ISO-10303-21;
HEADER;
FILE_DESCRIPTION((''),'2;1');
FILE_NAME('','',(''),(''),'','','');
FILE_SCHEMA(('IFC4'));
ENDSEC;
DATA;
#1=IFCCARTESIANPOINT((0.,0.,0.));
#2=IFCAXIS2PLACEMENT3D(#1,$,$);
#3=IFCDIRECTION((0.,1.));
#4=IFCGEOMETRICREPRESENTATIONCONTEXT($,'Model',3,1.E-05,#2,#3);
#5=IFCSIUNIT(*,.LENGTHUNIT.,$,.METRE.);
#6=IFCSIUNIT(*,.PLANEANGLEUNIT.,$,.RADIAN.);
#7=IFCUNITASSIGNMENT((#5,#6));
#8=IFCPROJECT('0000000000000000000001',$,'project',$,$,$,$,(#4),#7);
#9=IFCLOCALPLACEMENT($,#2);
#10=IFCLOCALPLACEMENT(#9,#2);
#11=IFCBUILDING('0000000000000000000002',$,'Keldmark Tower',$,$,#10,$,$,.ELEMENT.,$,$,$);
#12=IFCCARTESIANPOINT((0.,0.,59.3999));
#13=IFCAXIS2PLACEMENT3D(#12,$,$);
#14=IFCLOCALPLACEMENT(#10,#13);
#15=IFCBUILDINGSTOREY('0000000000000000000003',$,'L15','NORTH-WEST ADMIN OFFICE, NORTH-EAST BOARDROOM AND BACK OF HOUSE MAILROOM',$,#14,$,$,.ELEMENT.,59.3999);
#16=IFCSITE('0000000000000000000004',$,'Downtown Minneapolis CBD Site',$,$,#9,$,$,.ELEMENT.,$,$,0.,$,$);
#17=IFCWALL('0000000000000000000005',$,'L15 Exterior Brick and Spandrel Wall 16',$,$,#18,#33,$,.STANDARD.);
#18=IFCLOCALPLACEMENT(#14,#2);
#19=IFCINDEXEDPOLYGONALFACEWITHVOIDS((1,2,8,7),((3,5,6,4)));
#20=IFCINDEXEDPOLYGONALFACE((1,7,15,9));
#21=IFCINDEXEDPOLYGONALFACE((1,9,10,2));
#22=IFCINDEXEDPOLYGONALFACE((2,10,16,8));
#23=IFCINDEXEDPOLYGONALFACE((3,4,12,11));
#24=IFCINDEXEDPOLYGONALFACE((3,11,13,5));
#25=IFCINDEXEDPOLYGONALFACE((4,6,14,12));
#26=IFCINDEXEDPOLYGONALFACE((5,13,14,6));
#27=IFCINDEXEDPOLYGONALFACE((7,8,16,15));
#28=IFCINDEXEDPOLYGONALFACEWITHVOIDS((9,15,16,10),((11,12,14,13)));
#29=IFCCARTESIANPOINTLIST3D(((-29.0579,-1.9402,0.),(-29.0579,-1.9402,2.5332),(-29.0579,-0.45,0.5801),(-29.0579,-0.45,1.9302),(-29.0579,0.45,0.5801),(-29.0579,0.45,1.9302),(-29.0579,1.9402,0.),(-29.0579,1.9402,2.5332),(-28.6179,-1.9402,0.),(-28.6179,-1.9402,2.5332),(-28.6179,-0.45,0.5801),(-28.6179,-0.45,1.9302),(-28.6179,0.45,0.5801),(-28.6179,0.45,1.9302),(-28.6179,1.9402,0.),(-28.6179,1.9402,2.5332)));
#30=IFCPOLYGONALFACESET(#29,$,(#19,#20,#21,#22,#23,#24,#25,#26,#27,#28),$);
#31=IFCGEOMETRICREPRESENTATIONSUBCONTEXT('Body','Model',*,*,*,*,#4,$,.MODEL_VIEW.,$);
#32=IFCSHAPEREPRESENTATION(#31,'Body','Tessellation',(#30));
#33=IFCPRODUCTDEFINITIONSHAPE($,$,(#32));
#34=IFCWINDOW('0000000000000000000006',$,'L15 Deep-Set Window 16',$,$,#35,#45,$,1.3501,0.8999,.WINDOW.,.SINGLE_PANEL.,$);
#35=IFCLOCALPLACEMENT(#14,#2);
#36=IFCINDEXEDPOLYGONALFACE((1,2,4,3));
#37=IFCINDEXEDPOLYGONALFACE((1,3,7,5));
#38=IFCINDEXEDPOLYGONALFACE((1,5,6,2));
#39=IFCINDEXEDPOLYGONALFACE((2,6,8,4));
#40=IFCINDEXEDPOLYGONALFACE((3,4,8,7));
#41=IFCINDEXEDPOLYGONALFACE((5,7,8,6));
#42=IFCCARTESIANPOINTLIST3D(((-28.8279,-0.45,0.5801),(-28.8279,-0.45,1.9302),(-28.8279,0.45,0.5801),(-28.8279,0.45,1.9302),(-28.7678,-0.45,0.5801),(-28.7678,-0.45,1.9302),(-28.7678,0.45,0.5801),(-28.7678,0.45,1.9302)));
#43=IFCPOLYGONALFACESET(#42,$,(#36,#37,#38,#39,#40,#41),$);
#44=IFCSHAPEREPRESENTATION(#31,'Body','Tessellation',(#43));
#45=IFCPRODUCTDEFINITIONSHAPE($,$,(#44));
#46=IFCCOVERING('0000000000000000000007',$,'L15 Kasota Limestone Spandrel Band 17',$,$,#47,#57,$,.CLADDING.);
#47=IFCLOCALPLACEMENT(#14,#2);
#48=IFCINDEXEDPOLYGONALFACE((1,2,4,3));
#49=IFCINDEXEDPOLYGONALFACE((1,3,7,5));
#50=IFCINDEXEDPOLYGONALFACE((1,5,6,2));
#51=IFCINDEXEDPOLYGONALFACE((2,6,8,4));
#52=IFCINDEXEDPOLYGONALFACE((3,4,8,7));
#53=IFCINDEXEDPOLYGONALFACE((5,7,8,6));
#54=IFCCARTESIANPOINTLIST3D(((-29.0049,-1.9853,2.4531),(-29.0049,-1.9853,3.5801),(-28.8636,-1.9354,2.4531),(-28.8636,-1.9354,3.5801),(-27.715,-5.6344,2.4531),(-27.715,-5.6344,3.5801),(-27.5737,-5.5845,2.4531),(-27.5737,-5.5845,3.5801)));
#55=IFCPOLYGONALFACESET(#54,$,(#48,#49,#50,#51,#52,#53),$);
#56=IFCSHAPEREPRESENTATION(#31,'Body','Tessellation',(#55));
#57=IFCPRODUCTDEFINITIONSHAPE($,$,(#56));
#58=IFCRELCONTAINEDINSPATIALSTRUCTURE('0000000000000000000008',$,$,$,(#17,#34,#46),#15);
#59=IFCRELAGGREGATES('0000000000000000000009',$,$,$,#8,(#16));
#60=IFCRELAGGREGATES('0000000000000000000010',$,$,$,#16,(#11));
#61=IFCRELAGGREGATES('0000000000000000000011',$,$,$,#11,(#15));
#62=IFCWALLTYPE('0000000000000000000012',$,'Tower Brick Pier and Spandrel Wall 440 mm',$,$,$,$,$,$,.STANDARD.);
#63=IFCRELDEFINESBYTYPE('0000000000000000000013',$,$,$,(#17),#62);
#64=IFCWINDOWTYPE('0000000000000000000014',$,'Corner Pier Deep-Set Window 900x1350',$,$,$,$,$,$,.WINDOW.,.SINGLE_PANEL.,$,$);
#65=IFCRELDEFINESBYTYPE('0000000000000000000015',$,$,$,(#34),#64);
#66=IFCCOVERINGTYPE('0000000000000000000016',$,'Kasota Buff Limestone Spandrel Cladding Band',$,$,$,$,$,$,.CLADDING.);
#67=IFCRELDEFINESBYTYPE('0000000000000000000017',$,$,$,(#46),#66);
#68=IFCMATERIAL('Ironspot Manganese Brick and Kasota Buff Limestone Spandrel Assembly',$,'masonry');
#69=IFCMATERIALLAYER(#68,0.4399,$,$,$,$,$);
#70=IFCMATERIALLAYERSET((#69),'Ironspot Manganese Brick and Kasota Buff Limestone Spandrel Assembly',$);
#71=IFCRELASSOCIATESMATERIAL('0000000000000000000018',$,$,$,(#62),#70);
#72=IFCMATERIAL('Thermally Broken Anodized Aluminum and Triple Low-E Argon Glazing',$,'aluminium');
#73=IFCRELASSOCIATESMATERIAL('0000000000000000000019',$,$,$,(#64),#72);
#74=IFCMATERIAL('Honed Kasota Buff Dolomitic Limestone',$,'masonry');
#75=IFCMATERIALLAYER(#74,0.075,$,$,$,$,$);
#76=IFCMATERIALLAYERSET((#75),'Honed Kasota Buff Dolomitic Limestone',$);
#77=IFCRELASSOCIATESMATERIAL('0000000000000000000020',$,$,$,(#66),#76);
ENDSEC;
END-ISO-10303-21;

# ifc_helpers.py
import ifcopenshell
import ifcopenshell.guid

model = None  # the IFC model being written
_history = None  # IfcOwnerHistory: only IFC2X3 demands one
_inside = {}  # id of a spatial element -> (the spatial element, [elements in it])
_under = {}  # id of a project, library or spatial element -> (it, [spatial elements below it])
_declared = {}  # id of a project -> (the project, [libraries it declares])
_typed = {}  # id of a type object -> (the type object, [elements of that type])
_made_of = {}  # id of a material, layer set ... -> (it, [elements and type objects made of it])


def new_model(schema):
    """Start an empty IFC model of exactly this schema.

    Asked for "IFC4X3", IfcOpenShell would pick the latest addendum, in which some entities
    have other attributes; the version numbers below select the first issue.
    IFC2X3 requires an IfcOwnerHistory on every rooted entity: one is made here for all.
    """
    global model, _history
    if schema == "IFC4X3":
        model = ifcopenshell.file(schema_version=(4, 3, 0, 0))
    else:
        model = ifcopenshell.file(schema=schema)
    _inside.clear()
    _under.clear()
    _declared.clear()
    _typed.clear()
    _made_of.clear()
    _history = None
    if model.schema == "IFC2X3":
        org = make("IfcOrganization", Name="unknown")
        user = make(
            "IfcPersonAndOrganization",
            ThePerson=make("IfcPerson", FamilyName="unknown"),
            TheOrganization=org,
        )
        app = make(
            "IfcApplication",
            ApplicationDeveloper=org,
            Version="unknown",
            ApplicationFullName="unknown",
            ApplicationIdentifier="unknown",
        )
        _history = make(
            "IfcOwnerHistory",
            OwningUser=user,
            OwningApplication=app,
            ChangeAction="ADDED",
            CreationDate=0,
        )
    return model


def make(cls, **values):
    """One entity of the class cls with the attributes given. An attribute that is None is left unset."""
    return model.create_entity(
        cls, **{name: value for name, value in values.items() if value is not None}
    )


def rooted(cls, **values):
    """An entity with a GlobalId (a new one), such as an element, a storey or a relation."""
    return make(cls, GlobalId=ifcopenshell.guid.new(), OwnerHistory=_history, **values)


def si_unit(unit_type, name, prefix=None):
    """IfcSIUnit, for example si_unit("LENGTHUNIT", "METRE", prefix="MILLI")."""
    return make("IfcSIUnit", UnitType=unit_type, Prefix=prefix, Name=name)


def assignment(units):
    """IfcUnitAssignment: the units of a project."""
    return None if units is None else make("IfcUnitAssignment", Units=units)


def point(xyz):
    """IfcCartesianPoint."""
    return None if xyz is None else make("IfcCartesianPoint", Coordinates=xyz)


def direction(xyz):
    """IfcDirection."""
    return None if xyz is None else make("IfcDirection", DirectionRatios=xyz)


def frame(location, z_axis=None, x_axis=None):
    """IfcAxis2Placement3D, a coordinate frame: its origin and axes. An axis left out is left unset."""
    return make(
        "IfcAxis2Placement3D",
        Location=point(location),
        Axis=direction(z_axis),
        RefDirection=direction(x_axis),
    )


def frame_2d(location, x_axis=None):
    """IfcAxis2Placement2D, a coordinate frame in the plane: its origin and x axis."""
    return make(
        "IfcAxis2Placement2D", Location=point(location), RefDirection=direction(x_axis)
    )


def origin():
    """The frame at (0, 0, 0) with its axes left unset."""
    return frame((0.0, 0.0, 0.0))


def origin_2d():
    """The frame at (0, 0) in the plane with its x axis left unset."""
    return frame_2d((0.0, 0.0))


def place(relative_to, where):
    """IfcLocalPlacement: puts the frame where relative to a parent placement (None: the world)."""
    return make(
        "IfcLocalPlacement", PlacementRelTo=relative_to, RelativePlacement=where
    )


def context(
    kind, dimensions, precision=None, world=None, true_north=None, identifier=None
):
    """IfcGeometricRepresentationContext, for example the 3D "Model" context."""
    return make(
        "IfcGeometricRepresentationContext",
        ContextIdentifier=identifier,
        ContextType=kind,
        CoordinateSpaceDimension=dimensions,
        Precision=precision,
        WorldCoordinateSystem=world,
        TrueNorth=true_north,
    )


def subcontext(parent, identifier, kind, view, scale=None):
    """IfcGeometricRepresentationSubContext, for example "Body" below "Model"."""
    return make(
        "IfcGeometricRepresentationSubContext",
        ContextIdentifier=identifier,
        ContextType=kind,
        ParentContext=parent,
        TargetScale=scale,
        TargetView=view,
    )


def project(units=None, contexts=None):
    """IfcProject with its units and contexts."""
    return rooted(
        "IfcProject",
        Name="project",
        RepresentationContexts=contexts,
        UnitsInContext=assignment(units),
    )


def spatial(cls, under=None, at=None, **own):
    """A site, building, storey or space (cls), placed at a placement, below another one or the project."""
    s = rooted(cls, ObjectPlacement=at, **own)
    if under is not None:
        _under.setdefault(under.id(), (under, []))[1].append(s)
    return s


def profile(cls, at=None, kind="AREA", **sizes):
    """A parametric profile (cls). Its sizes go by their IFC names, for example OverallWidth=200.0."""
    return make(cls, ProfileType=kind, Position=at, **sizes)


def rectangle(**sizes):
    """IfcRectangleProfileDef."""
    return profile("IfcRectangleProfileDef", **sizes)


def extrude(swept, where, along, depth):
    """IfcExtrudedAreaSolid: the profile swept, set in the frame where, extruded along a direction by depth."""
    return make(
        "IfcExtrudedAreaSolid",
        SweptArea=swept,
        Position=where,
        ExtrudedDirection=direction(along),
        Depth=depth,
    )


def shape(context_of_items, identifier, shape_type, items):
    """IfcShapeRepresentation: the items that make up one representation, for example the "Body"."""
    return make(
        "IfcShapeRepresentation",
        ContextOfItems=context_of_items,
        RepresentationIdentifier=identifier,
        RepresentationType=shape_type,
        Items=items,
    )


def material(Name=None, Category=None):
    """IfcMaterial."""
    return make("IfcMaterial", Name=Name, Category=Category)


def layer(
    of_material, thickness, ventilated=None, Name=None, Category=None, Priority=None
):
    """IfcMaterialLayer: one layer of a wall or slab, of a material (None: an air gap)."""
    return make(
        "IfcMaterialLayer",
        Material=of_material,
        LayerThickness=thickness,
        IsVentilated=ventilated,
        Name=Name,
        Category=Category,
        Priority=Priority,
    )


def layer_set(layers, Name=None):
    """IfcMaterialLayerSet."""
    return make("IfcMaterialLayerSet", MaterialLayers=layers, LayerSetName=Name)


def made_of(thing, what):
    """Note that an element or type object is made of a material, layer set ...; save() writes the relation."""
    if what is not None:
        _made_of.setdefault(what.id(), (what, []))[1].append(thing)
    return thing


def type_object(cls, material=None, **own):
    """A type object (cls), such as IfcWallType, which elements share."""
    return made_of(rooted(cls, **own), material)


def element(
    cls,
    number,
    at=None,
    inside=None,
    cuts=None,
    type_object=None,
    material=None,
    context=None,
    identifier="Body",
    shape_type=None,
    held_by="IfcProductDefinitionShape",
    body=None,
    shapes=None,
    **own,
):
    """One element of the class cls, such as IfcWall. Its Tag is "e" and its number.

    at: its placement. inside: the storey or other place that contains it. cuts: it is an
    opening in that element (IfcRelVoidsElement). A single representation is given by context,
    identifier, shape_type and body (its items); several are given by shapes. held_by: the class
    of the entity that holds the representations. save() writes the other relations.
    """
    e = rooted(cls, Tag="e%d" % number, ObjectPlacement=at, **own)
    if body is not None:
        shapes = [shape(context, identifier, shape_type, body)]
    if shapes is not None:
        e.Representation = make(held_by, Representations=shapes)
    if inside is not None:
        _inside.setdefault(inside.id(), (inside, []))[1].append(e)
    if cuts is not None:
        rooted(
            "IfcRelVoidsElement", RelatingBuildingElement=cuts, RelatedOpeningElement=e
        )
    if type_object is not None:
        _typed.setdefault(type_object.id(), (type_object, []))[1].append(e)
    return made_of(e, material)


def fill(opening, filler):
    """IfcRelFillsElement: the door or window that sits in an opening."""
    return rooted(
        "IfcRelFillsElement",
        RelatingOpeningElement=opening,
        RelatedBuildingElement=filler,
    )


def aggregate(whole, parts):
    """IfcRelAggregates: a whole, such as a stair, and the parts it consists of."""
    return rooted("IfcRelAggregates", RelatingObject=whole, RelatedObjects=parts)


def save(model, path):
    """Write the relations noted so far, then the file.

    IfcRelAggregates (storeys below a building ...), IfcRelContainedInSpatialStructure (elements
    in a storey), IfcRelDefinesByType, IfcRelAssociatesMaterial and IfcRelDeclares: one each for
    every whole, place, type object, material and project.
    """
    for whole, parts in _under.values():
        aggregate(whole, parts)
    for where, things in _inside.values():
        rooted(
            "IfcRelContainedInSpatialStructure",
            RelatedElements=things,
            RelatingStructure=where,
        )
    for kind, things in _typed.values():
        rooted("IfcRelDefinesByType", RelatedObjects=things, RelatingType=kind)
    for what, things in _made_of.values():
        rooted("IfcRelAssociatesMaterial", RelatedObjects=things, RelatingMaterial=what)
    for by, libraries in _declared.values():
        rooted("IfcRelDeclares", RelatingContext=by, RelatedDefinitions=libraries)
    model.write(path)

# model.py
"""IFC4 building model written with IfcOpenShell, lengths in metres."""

from ifc_helpers import new_model, si_unit, direction, frame, frame_2d, origin, origin_2d, place, context, subcontext, project, spatial, rectangle, extrude, material, layer, layer_set, type_object, element, fill, save


model = new_model("IFC4")

# Units and contexts
model_context = context("Model", 3, precision=1e-05, world=origin(), true_north=direction((0.0, 1.0)))
body_context = subcontext(model_context, "Body", "Model", "MODEL_VIEW")
ifc_project = project(units=[si_unit("LENGTHUNIT", "METRE"), si_unit("PLANEANGLEUNIT", "RADIAN")], contexts=[model_context])

# Site, building, storey
site_placement = place(None, origin())
site = spatial("IfcSite", under=ifc_project, at=site_placement, Name="Downtown Minneapolis CBD Site", CompositionType="ELEMENT", RefElevation=0.0)
building_placement = place(site_placement, origin())
building = spatial("IfcBuilding", under=site, at=building_placement, Name="Keldmark Tower", CompositionType="ELEMENT")
storey_placement = place(building_placement, frame((0.0, 0.0, 59.3999)))
storey = spatial("IfcBuildingStorey", under=building, at=storey_placement, Name="L15", Description="NORTH-WEST ADMIN OFFICE, NORTH-EAST BOARDROOM AND BACK OF HOUSE MAILROOM", CompositionType="ELEMENT", Elevation=59.3999)

# Wall, opening, window
ifc_material_1 = material(Name="Ironspot Manganese Brick and Kasota Buff Limestone Spandrel Assembly", Category="masonry")
ifc_layer_1 = layer(ifc_material_1, 0.4399)
ifc_layer_set_1 = layer_set([ifc_layer_1], Name="Ironspot Manganese Brick and Kasota Buff Limestone Spandrel Assembly")
wall_type_1 = type_object("IfcWallType", Name="Tower Brick Pier and Spandrel Wall 440 mm", PredefinedType="STANDARD", material=ifc_layer_set_1)
wall_1_placement = place(storey_placement, frame((-28.8379, -1.9402, 0.0), z_axis=(0.0, 0.0, 1.0), x_axis=(0.0, 1.0, 0.0)))
wall_1 = element("IfcWall", 1, at=wall_1_placement, inside=storey, type_object=wall_type_1, Name="L15 Exterior Brick and Spandrel Wall 16", PredefinedType="STANDARD", context=body_context, shape_type="SweptSolid", body=[
    extrude(rectangle(XDim=3.8804, YDim=0.4399, at=frame_2d((1.9402, 0.0))), origin(), (0.0, 0.0, 1.0), 2.5332),
])
opening_placement = place(wall_1_placement, frame((1.4902, 0.0, 0.5801)))
opening = element("IfcOpeningElement", 2, at=opening_placement, cuts=wall_1, PredefinedType="OPENING", context=body_context, shape_type="SweptSolid", body=[
    extrude(rectangle(XDim=0.8999, YDim=1.3501, at=frame_2d((0.45, 0.675))), frame((0.0, 0.23, 0.0), z_axis=(0.0, -1.0, 0.0), x_axis=(1.0, 0.0, 0.0)), (0.0, 0.0, 1.0), 0.46),
])
ifc_material_2 = material(Name="Thermally Broken Anodized Aluminum and Triple Low-E Argon Glazing", Category="aluminium")
window_type = type_object("IfcWindowType", Name="Corner Pier Deep-Set Window 900x1350", PartitioningType="SINGLE_PANEL", PredefinedType="WINDOW", material=ifc_material_2)
window_placement = place(opening_placement, origin())
window = element("IfcWindow", 3, at=window_placement, inside=storey, type_object=window_type, Name="L15 Deep-Set Window 16", OverallHeight=1.3501, OverallWidth=0.8999, PartitioningType="SINGLE_PANEL", PredefinedType="WINDOW", context=body_context, shape_type="SweptSolid", body=[
    extrude(rectangle(XDim=0.8999, YDim=1.3501, at=frame_2d((0.45, 0.675))), frame((0.0, -0.01, 0.0), z_axis=(0.0, -1.0, 0.0), x_axis=(1.0, 0.0, 0.0)), (0.0, 0.0, 1.0), 0.0601),
])
fill(opening, window)

# Covering
ifc_material_3 = material(Name="Honed Kasota Buff Dolomitic Limestone", Category="masonry")
ifc_layer_2 = layer(ifc_material_3, 0.075)
ifc_layer_set_2 = layer_set([ifc_layer_2], Name="Honed Kasota Buff Dolomitic Limestone")
covering_type = type_object("IfcCoveringType", Name="Kasota Buff Limestone Spandrel Cladding Band", PredefinedType="CLADDING", material=ifc_layer_set_2)
covering_placement = place(storey_placement, frame((-28.2893, -3.7849, 2.4531), z_axis=(0.0, 0.0, 1.0), x_axis=(0.33328, -0.942828, 0.0)))
element("IfcCovering", 4, at=covering_placement, inside=storey, type_object=covering_type, Name="L15 Kasota Limestone Spandrel Band 17", PredefinedType="CLADDING", context=body_context, shape_type="SweptSolid", body=[
    extrude(rectangle(XDim=3.8704, YDim=0.1499, at=origin_2d()), origin(), (0.0, 0.0, 1.0), 1.127),
])

save(model, "model.ifc")
